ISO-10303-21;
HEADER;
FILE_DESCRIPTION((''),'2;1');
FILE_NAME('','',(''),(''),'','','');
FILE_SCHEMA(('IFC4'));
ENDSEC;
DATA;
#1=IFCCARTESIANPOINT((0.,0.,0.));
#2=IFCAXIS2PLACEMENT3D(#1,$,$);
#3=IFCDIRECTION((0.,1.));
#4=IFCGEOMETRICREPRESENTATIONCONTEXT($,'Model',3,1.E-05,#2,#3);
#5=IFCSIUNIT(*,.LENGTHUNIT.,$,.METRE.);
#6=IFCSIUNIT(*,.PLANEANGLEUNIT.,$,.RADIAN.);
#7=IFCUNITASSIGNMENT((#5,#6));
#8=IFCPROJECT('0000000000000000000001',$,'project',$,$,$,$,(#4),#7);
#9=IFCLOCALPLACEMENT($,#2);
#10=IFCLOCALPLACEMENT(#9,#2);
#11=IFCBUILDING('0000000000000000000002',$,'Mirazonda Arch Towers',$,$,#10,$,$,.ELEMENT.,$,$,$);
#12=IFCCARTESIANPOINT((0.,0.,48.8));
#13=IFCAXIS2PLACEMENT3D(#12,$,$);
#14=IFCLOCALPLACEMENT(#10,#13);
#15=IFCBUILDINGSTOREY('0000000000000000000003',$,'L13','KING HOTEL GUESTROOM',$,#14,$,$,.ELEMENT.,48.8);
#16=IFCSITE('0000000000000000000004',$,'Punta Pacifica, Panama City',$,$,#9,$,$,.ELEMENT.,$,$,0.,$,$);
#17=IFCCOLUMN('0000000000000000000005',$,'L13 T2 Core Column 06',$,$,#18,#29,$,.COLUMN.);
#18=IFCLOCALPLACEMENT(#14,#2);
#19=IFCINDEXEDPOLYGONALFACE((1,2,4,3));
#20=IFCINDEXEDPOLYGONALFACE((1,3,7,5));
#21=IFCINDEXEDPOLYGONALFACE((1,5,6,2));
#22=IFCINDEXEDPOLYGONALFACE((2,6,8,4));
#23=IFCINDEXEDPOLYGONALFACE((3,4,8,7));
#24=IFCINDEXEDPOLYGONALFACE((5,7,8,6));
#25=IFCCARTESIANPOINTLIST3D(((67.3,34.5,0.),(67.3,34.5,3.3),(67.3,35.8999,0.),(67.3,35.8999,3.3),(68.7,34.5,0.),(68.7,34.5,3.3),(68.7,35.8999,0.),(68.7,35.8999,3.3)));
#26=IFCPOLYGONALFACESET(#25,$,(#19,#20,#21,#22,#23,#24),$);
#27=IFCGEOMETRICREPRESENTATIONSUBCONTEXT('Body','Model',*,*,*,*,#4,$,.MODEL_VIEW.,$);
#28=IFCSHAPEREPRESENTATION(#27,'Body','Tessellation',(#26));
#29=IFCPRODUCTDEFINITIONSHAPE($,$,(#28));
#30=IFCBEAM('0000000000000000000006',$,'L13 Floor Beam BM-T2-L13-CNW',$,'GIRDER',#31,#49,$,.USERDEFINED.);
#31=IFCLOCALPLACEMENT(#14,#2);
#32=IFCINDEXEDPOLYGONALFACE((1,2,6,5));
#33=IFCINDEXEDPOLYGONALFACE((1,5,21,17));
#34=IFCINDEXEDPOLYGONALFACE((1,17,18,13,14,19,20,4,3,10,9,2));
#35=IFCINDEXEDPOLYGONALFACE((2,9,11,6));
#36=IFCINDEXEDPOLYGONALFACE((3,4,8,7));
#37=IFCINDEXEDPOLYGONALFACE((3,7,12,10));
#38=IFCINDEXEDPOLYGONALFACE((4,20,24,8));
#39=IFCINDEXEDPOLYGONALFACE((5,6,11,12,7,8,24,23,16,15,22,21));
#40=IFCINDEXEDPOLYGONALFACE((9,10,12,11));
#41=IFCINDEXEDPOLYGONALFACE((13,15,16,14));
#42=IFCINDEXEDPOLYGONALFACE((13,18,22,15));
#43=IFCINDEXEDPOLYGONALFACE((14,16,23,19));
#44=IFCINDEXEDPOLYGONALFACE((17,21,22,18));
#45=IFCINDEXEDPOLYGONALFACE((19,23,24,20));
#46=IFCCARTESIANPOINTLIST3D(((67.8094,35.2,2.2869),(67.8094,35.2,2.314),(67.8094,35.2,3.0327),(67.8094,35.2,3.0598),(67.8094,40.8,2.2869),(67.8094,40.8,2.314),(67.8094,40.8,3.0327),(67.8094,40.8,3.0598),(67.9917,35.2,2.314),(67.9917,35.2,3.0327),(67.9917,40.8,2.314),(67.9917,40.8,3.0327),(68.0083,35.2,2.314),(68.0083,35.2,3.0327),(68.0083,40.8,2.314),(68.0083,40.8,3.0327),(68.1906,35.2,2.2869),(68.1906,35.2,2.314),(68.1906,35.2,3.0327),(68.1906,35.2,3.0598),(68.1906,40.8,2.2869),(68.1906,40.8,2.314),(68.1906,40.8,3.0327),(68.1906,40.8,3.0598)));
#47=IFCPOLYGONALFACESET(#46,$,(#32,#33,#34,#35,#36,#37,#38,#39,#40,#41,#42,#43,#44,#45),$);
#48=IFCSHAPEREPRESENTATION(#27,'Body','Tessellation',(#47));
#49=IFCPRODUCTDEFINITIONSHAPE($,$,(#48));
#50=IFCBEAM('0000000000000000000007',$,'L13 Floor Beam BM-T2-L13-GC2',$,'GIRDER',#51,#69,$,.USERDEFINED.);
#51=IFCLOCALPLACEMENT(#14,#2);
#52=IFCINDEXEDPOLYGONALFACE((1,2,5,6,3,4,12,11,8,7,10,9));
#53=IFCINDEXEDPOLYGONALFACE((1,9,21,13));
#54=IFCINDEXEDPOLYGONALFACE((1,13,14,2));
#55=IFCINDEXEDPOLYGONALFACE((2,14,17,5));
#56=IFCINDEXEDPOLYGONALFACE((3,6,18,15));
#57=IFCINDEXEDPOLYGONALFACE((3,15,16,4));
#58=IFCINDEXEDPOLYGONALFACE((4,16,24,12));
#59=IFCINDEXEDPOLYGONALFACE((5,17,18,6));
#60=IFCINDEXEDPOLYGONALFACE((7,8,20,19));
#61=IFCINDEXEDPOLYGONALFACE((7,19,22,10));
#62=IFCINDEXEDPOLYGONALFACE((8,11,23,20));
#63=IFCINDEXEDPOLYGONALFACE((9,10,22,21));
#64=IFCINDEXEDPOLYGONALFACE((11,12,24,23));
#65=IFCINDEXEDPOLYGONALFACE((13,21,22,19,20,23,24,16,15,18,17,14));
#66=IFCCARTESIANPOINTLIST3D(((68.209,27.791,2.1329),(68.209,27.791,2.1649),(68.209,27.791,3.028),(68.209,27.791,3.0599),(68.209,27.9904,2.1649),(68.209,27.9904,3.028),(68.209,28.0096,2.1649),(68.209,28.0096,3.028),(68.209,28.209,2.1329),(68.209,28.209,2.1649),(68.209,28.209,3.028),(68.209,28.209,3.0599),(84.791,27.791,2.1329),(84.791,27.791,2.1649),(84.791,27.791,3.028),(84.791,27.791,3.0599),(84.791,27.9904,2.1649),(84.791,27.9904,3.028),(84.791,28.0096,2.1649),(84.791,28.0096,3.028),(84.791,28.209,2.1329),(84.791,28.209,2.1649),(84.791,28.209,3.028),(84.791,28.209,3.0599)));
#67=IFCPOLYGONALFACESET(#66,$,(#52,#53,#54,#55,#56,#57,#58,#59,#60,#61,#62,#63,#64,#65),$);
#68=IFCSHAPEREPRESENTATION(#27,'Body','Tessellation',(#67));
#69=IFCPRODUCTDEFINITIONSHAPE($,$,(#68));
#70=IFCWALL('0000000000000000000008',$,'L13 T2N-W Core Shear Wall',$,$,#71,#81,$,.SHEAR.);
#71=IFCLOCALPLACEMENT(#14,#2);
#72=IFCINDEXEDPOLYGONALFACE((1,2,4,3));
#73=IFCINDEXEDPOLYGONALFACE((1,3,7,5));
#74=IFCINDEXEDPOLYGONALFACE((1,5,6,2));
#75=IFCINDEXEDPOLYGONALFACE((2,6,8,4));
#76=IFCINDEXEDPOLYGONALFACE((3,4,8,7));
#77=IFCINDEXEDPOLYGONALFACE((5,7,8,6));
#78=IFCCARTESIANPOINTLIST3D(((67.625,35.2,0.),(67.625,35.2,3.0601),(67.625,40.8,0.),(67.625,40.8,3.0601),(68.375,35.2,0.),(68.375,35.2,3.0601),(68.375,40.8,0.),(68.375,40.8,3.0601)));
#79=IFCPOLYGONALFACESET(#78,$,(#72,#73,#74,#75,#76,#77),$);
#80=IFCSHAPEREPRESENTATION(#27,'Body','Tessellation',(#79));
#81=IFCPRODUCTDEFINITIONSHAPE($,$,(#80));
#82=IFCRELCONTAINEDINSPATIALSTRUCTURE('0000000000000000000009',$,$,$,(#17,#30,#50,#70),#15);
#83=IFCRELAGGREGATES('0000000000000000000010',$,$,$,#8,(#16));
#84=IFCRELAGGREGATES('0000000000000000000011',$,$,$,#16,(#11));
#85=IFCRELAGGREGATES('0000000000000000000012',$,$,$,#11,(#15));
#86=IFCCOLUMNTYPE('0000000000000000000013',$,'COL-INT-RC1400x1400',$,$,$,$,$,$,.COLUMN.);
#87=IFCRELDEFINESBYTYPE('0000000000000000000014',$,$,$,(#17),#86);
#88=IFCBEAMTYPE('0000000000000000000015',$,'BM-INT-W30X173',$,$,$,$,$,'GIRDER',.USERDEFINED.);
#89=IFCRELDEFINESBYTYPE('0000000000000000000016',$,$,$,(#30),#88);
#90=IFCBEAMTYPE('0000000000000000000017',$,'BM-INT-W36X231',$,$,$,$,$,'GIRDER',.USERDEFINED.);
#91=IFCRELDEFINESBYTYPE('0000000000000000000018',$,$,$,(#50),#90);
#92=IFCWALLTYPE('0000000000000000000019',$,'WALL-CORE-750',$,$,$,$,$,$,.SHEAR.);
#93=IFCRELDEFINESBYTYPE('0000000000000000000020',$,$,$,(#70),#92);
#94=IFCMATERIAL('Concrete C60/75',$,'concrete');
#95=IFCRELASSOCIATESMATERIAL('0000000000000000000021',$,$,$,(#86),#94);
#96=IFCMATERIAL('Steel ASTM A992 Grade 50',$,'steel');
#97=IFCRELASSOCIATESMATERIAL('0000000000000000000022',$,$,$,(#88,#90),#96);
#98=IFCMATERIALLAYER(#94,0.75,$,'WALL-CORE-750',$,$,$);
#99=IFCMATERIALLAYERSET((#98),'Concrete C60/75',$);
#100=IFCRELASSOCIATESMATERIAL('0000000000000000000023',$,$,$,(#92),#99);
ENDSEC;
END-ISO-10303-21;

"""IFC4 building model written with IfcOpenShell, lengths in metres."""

from ifc_helpers import new_model, si_unit, direction, frame, frame_2d, origin, origin_2d, place, context, subcontext, project, spatial, rectangle, i_section, extrude, material, layer, layer_set, material_profile, profile_set, type_object, element, save


model = new_model("IFC4")

# Units and contexts
model_context = context("Model", 3, precision=1e-05, world=origin(), true_north=direction((0.0, 1.0)))
body_context = subcontext(model_context, "Body", "Model", "MODEL_VIEW")
ifc_project = project(units=[si_unit("LENGTHUNIT", "METRE"), si_unit("PLANEANGLEUNIT", "RADIAN")], contexts=[model_context])

# Site, building, storey
site_placement = place(None, origin())
site = spatial("IfcSite", under=ifc_project, at=site_placement, Name="Punta Pacifica, Panama City", CompositionType="ELEMENT", RefElevation=0.0)
building_placement = place(site_placement, origin())
building = spatial("IfcBuilding", under=site, at=building_placement, Name="Mirazonda Arch Towers", CompositionType="ELEMENT")
storey_placement = place(building_placement, frame((0.0, 0.0, 48.8)))
storey = spatial("IfcBuildingStorey", under=building, at=storey_placement, Name="L13", Description="KING HOTEL GUESTROOM", CompositionType="ELEMENT", Elevation=48.8)

# Column
ifc_material_1 = material(Name="Concrete C60/75", Category="concrete")
ifc_material_profile_1 = material_profile(ifc_material_1, rectangle(XDim=1.3999, YDim=1.3999, at=origin_2d()), Name="RC1400x1400")
ifc_profile_set_1 = profile_set([ifc_material_profile_1], Name="Concrete C60/75")
column_type = type_object("IfcColumnType", Name="COL-INT-RC1400x1400", PredefinedType="COLUMN", material=ifc_profile_set_1)
column_placement = place(storey_placement, frame((68.0, 35.2, 0.0), z_axis=(0.0, 0.0, 1.0), x_axis=(1.0, 0.0, 0.0)))
element("IfcColumn", 1, at=column_placement, inside=storey, type_object=column_type, Name="L13 T2 Core Column 06", PredefinedType="COLUMN", context=body_context, shape_type="SweptSolid", body=[
    extrude(rectangle(XDim=1.3999, YDim=1.3999, at=origin_2d()), origin(), (0.0, 0.0, 1.0), 3.3),
])

# Beams
ifc_material_2 = material(Name="Steel ASTM A992 Grade 50", Category="steel")
ifc_material_profile_2 = material_profile(ifc_material_2, i_section(OverallWidth=0.3811, OverallDepth=0.7729, WebThickness=0.0166, FlangeThickness=0.0271, at=origin_2d()), Name="W30X173")
ifc_profile_set_2 = profile_set([ifc_material_profile_2], Name="Steel ASTM A992 Grade 50")
beam_type_1 = type_object("IfcBeamType", Name="BM-INT-W30X173", ElementType="GIRDER", PredefinedType="USERDEFINED", material=ifc_profile_set_2)
beam_1_placement = place(storey_placement, frame((68.0, 35.2, 2.6733), z_axis=(0.0, 1.0, 0.0), x_axis=(-1.0, 0.0, 0.0)))
element("IfcBeam", 2, at=beam_1_placement, inside=storey, type_object=beam_type_1, Name="L13 Floor Beam BM-T2-L13-CNW", ObjectType="GIRDER", PredefinedType="USERDEFINED", context=body_context, shape_type="SweptSolid", body=[
    extrude(i_section(OverallWidth=0.3811, OverallDepth=0.7729, WebThickness=0.0166, FlangeThickness=0.0271, at=origin_2d()), origin(), (0.0, 0.0, 1.0), 5.6001),
])
ifc_material_profile_3 = material_profile(ifc_material_2, i_section(OverallWidth=0.418, OverallDepth=0.927, WebThickness=0.0193, FlangeThickness=0.032, at=origin_2d()), Name="W36X231")
ifc_profile_set_3 = profile_set([ifc_material_profile_3], Name="Steel ASTM A992 Grade 50")
beam_type_2 = type_object("IfcBeamType", Name="BM-INT-W36X231", ElementType="GIRDER", PredefinedType="USERDEFINED", material=ifc_profile_set_3)
beam_2_placement = place(storey_placement, frame((68.209, 28.0, 2.5964), z_axis=(1.0, 0.0, 0.0), x_axis=(0.0, 1.0, 0.0)))
element("IfcBeam", 3, at=beam_2_placement, inside=storey, type_object=beam_type_2, Name="L13 Floor Beam BM-T2-L13-GC2", ObjectType="GIRDER", PredefinedType="USERDEFINED", context=body_context, shape_type="SweptSolid", body=[
    extrude(i_section(OverallWidth=0.418, OverallDepth=0.927, WebThickness=0.0193, FlangeThickness=0.032, at=origin_2d()), origin(), (0.0, 0.0, 1.0), 16.582),
])

# Wall
ifc_layer_1 = layer(ifc_material_1, 0.75, Name="WALL-CORE-750")
ifc_layer_set_1 = layer_set([ifc_layer_1], Name="Concrete C60/75")
wall_type_1 = type_object("IfcWallType", Name="WALL-CORE-750", PredefinedType="SHEAR", material=ifc_layer_set_1)
wall_1_placement = place(storey_placement, frame((68.0, 35.2, 0.0), z_axis=(0.0, 0.0, 1.0), x_axis=(0.0, 1.0, 0.0)))
element("IfcWall", 4, at=wall_1_placement, inside=storey, type_object=wall_type_1, Name="L13 T2N-W Core Shear Wall", PredefinedType="SHEAR", context=body_context, shape_type="SweptSolid", body=[
    extrude(rectangle(XDim=5.6001, YDim=0.75, at=frame_2d((2.8, 0.0))), origin(), (0.0, 0.0, 1.0), 3.0601),
])

save(model, "model.ifc")
